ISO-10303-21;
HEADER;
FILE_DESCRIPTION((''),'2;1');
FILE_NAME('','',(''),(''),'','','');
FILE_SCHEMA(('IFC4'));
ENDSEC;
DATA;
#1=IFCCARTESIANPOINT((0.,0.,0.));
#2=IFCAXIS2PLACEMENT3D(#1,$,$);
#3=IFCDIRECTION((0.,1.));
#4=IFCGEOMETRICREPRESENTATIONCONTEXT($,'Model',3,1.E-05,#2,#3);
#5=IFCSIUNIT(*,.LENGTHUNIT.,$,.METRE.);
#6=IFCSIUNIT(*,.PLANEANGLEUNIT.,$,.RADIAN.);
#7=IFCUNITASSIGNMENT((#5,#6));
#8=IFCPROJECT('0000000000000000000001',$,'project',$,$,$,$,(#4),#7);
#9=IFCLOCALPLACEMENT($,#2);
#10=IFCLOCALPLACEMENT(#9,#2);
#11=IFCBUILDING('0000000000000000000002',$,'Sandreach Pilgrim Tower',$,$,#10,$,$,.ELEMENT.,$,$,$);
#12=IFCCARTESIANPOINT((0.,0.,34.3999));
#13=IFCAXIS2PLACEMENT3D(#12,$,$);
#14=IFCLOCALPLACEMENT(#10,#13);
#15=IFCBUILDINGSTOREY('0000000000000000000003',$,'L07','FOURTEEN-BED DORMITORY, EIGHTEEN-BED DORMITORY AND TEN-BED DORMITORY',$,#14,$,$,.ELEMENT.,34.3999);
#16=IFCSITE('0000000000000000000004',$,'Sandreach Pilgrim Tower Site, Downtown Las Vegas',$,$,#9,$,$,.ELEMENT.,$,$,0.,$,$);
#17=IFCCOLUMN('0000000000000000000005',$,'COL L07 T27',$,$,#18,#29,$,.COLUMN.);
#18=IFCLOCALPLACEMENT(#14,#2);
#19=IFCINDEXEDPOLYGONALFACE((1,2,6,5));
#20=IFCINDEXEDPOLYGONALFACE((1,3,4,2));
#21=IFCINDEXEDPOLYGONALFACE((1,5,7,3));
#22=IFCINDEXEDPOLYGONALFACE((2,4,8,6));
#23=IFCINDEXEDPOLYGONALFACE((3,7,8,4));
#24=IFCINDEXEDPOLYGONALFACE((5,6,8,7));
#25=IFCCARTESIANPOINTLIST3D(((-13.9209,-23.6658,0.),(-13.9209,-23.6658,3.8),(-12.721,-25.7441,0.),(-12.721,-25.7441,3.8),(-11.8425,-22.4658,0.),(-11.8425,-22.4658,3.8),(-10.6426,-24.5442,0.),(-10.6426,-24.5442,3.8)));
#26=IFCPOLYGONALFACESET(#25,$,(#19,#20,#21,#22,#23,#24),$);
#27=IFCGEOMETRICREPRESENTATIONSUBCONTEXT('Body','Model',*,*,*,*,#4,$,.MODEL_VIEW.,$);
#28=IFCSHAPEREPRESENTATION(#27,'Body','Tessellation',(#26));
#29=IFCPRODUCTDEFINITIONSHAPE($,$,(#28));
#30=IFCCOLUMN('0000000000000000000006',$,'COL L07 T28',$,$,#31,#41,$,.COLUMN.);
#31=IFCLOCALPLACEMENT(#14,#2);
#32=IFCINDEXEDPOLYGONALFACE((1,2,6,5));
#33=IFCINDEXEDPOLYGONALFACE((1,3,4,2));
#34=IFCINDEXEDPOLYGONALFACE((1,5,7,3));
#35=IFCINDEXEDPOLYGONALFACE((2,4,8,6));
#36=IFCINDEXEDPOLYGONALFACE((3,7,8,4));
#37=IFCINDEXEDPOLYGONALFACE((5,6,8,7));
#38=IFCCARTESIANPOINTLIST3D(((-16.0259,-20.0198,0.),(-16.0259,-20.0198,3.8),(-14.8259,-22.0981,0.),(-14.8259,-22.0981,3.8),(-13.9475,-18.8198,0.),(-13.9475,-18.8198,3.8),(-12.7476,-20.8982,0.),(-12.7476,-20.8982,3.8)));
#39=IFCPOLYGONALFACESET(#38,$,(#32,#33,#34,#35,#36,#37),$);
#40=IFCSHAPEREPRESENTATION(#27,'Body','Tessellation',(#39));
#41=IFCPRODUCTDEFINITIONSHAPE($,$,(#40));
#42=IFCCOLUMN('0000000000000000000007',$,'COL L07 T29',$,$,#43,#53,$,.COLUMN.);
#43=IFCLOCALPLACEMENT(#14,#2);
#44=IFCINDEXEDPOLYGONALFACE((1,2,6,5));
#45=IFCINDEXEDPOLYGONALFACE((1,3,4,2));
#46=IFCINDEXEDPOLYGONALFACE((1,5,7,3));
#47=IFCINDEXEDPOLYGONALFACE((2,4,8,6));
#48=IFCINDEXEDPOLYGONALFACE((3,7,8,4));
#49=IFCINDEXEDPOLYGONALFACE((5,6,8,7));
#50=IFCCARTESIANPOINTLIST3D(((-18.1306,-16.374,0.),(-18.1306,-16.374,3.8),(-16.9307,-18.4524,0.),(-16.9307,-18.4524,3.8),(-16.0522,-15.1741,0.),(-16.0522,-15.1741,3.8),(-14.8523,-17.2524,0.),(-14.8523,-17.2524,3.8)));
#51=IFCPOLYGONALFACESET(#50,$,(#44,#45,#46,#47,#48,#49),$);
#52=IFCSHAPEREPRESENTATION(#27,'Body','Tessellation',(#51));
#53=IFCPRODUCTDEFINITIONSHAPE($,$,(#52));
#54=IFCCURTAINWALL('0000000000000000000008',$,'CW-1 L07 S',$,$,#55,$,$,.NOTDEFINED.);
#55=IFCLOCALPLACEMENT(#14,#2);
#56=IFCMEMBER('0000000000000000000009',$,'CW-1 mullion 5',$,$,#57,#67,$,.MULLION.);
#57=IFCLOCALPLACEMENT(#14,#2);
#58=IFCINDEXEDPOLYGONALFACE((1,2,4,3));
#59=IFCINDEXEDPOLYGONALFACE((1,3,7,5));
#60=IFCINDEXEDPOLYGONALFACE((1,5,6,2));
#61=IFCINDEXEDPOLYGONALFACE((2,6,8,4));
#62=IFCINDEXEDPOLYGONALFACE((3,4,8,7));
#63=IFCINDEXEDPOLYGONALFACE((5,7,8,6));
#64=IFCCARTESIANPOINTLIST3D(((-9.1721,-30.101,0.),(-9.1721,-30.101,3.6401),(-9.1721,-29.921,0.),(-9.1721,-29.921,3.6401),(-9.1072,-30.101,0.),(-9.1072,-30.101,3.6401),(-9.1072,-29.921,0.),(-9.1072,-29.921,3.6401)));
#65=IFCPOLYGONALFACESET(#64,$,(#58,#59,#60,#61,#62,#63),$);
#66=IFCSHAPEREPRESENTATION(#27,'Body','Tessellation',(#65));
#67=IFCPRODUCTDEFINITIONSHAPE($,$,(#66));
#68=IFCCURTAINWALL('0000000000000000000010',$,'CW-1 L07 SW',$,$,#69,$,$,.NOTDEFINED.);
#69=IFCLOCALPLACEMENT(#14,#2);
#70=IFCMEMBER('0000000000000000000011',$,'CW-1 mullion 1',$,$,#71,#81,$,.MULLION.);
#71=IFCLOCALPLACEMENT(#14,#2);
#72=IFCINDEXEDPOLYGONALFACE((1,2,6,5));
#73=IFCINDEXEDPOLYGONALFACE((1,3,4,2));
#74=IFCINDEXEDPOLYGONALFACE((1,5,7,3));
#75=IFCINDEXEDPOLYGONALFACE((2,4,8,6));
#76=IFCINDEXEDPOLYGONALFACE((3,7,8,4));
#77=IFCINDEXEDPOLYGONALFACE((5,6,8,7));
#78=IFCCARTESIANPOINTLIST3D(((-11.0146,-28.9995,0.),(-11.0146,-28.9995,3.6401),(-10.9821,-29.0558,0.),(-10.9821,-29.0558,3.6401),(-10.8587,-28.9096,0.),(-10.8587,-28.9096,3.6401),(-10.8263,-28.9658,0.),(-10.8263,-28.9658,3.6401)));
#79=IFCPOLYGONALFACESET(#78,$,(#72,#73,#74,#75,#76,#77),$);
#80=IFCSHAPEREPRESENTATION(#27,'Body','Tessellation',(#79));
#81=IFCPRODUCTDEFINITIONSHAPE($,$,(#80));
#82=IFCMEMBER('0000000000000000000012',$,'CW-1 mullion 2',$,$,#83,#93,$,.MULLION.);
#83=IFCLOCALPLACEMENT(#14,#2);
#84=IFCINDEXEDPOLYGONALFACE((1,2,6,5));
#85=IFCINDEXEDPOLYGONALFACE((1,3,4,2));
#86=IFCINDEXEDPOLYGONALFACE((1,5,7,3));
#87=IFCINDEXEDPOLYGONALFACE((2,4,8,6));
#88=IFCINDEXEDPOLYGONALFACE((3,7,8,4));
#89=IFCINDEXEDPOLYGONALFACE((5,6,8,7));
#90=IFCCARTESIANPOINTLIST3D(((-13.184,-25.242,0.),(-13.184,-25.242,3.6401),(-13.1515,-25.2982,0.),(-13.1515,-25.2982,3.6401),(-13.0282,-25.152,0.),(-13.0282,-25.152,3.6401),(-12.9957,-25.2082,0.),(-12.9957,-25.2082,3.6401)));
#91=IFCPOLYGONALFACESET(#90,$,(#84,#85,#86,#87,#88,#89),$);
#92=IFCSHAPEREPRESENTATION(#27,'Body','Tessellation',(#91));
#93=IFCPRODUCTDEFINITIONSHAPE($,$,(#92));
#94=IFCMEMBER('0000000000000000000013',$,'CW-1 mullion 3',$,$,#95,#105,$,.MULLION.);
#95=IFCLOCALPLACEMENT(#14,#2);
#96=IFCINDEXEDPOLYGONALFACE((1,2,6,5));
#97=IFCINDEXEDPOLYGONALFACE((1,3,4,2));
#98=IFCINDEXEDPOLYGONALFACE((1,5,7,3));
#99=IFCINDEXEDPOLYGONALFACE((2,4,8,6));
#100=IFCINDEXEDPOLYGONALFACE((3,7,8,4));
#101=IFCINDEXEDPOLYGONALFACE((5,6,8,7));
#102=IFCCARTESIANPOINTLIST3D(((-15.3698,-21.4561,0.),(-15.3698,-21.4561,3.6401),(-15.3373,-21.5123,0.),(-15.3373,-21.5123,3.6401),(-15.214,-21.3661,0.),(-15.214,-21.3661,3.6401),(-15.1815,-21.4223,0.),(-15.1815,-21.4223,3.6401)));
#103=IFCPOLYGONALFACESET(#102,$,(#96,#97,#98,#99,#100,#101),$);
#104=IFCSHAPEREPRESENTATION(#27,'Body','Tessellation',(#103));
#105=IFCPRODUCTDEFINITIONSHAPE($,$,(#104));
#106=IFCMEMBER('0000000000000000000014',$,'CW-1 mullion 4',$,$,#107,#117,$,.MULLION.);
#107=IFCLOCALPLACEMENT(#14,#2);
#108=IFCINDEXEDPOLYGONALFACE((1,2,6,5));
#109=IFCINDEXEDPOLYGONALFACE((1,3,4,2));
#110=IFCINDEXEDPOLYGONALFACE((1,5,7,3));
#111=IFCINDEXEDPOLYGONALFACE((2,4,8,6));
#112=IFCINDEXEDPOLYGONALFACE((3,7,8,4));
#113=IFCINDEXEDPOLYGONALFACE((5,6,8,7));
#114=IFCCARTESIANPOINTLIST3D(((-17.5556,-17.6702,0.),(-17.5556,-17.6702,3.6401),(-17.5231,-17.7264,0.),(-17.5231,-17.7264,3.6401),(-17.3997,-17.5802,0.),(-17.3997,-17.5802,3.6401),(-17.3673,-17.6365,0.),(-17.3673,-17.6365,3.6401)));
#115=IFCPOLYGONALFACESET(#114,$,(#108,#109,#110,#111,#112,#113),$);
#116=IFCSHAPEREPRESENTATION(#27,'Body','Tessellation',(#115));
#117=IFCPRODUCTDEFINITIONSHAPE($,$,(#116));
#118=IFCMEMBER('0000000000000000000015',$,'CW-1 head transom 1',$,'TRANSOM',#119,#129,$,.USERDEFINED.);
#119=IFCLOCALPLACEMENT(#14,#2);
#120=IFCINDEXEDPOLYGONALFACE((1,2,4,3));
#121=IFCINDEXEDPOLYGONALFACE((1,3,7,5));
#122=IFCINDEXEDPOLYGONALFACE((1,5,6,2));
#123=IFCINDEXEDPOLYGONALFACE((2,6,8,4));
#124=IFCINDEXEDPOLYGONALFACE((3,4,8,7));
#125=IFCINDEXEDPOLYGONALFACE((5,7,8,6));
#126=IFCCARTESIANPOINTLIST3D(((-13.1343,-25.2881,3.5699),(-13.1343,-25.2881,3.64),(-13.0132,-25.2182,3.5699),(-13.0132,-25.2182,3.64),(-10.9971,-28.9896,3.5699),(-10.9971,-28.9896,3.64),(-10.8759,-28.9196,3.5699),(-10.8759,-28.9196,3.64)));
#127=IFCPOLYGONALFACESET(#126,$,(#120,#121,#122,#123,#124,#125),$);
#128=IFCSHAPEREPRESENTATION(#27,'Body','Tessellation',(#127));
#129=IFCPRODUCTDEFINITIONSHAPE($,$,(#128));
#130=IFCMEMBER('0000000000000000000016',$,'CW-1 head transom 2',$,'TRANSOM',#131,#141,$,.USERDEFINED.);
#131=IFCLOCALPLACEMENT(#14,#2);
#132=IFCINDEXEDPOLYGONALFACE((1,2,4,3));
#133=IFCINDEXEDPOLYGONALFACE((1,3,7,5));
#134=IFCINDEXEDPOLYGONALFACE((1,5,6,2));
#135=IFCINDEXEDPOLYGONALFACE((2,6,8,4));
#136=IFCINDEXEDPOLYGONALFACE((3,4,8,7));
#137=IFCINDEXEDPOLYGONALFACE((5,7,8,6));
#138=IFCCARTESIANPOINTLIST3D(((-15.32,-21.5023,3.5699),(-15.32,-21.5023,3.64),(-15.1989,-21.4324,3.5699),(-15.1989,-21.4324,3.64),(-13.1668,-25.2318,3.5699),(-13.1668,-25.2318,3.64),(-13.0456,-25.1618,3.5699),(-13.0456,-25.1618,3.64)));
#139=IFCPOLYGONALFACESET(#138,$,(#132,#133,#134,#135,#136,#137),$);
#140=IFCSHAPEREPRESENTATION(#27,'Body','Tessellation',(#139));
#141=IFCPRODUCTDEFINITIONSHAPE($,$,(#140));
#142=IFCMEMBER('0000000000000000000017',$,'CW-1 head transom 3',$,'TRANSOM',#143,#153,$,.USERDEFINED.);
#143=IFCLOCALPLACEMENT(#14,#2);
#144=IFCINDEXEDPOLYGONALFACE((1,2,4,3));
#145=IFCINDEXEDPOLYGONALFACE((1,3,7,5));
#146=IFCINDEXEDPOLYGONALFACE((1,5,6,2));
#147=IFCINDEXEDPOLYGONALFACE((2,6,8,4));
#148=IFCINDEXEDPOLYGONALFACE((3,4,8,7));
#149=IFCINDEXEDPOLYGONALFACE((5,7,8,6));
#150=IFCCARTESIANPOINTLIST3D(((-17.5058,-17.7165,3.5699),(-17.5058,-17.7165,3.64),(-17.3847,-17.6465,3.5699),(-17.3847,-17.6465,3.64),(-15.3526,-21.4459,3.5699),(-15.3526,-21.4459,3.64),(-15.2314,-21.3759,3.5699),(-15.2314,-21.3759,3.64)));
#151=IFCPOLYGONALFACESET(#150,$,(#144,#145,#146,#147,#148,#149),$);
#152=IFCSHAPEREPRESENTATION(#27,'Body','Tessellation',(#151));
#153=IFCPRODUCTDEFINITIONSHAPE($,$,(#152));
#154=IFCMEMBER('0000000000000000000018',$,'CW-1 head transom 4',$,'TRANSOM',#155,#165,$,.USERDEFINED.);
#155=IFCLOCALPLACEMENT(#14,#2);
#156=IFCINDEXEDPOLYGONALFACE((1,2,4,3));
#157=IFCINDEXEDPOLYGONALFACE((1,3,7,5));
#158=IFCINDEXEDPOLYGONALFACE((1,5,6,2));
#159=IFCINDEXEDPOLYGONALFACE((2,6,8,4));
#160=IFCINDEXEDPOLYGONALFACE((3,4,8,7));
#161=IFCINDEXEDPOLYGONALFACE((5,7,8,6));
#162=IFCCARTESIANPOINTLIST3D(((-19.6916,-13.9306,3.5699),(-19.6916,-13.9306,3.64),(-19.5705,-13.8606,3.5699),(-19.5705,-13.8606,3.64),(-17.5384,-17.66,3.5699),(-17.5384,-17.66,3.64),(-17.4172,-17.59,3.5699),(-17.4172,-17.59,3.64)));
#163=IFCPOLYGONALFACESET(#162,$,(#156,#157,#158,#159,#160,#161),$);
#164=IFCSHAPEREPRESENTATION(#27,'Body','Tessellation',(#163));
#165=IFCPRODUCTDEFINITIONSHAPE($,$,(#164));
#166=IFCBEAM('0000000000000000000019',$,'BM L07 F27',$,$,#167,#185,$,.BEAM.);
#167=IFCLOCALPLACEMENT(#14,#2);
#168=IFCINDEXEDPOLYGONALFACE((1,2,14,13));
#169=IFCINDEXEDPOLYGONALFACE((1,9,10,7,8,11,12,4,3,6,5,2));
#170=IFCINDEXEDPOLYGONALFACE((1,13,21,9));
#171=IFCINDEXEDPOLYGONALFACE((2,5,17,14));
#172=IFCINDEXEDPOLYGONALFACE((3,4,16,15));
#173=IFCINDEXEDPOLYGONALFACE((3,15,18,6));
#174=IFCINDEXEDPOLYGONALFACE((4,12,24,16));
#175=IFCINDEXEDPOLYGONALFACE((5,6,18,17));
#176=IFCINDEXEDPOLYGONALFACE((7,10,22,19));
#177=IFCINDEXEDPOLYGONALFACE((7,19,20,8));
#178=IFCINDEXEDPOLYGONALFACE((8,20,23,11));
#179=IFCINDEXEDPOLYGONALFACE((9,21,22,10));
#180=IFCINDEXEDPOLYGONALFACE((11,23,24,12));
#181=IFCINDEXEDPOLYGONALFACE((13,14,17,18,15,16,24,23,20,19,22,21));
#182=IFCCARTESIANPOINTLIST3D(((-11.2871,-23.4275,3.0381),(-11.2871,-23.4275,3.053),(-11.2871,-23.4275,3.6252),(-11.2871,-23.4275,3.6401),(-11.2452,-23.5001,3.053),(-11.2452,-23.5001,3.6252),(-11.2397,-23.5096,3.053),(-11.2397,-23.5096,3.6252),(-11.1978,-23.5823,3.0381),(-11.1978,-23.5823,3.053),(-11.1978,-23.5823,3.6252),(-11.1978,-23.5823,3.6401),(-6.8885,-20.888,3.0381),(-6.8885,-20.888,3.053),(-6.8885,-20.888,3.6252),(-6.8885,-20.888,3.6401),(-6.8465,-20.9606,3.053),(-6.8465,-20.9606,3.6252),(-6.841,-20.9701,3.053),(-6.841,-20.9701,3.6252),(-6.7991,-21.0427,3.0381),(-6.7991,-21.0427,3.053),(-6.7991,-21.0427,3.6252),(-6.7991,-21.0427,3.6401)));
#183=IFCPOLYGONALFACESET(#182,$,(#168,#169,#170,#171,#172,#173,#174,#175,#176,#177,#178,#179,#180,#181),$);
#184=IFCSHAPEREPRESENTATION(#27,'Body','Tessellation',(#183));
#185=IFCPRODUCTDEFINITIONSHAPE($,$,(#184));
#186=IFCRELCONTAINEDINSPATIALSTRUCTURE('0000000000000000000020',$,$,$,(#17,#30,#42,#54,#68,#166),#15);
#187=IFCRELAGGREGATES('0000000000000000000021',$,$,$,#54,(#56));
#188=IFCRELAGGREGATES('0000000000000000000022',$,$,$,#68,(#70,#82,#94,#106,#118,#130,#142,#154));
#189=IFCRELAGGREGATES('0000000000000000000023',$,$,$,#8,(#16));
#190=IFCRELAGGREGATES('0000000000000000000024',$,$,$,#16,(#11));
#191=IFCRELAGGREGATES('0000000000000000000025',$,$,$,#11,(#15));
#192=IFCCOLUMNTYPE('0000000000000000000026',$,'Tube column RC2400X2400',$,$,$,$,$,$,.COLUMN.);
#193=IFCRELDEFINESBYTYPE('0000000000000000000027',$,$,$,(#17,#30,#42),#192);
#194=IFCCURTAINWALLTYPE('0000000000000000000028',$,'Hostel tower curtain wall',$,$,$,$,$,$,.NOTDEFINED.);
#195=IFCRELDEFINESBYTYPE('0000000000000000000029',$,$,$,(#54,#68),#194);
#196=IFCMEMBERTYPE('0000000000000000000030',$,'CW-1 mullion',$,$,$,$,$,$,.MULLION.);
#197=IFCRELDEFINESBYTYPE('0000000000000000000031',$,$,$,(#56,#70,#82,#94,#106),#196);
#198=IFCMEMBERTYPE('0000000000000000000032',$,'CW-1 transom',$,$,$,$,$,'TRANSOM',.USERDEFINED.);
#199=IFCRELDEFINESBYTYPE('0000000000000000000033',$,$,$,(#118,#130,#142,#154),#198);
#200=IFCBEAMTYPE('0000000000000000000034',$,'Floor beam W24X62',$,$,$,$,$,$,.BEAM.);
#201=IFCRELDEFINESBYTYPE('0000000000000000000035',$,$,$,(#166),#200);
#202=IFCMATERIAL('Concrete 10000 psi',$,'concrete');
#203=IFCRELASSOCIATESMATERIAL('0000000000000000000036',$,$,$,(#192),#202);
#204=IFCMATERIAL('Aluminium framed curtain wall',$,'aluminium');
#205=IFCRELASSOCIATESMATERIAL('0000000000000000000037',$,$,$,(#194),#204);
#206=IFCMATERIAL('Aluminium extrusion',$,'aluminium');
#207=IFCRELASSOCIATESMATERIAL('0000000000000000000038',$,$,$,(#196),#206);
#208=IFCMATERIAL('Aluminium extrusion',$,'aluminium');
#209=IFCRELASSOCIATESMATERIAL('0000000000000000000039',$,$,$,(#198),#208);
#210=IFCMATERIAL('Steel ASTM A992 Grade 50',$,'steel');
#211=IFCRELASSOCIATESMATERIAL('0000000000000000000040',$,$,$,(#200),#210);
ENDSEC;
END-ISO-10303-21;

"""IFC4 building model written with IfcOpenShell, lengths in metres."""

from ifc_helpers import new_model, si_unit, direction, frame, origin, origin_2d, place, context, subcontext, project, spatial, rectangle, i_section, extrude, material, material_profile, profile_set, type_object, element, aggregate, save


model = new_model("IFC4")

# Units and contexts
model_context = context("Model", 3, precision=1e-05, world=origin(), true_north=direction((0.0, 1.0)))
body_context = subcontext(model_context, "Body", "Model", "MODEL_VIEW")
ifc_project = project(units=[si_unit("LENGTHUNIT", "METRE"), si_unit("PLANEANGLEUNIT", "RADIAN")], contexts=[model_context])

# Site, building, storey
site_placement = place(None, origin())
site = spatial("IfcSite", under=ifc_project, at=site_placement, Name="Sandreach Pilgrim Tower Site, Downtown Las Vegas", CompositionType="ELEMENT", RefElevation=0.0)
building_placement = place(site_placement, origin())
building = spatial("IfcBuilding", under=site, at=building_placement, Name="Sandreach Pilgrim Tower", CompositionType="ELEMENT")
storey_placement = place(building_placement, frame((0.0, 0.0, 34.3999)))
storey = spatial("IfcBuildingStorey", under=building, at=storey_placement, Name="L07", Description="FOURTEEN-BED DORMITORY, EIGHTEEN-BED DORMITORY AND TEN-BED DORMITORY", CompositionType="ELEMENT", Elevation=34.3999)

# Columns
ifc_material_1 = material(Name="Concrete 10000 psi", Category="concrete")
ifc_material_profile_1 = material_profile(ifc_material_1, rectangle(XDim=2.3999, YDim=2.3999, at=origin_2d()), Name="RC2400X2400")
ifc_profile_set_1 = profile_set([ifc_material_profile_1], Name="Concrete 10000 psi")
column_type = type_object("IfcColumnType", Name="Tube column RC2400X2400", PredefinedType="COLUMN", material=ifc_profile_set_1)
for number, where, z_axis, x_axis, name in (
    (1, (-12.2817, -24.105, 0.0), (0.0, 0.0, 1.0), (-0.866025, -0.5, 0.0), "COL L07 T27"),
    (2, (-14.3867, -20.459, 0.0), (0.0, 0.0, 1.0), (-0.866025, -0.5, 0.0), "COL L07 T28"),
    (3, (-16.4915, -16.8132, 0.0), (0.0, 0.0, 1.0), (-0.866025, -0.5, 0.0), "COL L07 T29"),
):
    element("IfcColumn", number, at=place(storey_placement, frame(where, z_axis=z_axis, x_axis=x_axis)), inside=storey, type_object=column_type, Name=name, PredefinedType="COLUMN", context=body_context, shape_type="SweptSolid", body=[
        extrude(rectangle(XDim=2.3999, YDim=2.3999, at=origin_2d()), origin(), (0.0, 0.0, 1.0), 3.8),
    ])

# Curtain wall, member
ifc_material_2 = material(Name="Aluminium framed curtain wall", Category="aluminium")
curtain_wall_type = type_object("IfcCurtainWallType", Name="Hostel tower curtain wall", PredefinedType="NOTDEFINED", material=ifc_material_2)
curtain_wall_1_placement = place(storey_placement, origin())
curtain_wall_1 = element("IfcCurtainWall", 4, at=curtain_wall_1_placement, inside=storey, type_object=curtain_wall_type, Name="CW-1 L07 S", PredefinedType="NOTDEFINED")
ifc_material_3 = material(Name="Aluminium extrusion", Category="aluminium")
ifc_material_profile_2 = material_profile(ifc_material_3, rectangle(XDim=0.0649, YDim=0.1799, at=origin_2d()), Name="CW-1M 65X180")
ifc_profile_set_2 = profile_set([ifc_material_profile_2], Name="Aluminium extrusion")
member_type_1 = type_object("IfcMemberType", Name="CW-1 mullion", PredefinedType="MULLION", material=ifc_profile_set_2)
member_1_placement = place(storey_placement, frame((-9.1396, -30.011, 0.0), z_axis=(0.0, 0.0, 1.0), x_axis=(-1.0, 0.0, 0.0)))
member_1 = element("IfcMember", 5, at=member_1_placement, type_object=member_type_1, Name="CW-1 mullion 5", PredefinedType="MULLION", context=body_context, shape_type="SweptSolid", body=[
    extrude(rectangle(XDim=0.0649, YDim=0.1799, at=origin_2d()), origin(), (0.0, 0.0, 1.0), 3.6401),
])
aggregate(curtain_wall_1, [member_1])

# Curtain wall, members
curtain_wall_2_placement = place(storey_placement, origin())
curtain_wall_2 = element("IfcCurtainWall", 6, at=curtain_wall_2_placement, inside=storey, type_object=curtain_wall_type, Name="CW-1 L07 SW", PredefinedType="NOTDEFINED")
member_2_placement = place(storey_placement, frame((-10.9204, -28.9827, 0.0), z_axis=(0.0, 0.0, 1.0), x_axis=(-0.5, 0.866025, 0.0)))
member_2 = element("IfcMember", 7, at=member_2_placement, type_object=member_type_1, Name="CW-1 mullion 1", PredefinedType="MULLION", context=body_context, shape_type="SweptSolid", body=[
    extrude(rectangle(XDim=0.0649, YDim=0.1799, at=origin_2d()), origin(), (0.0, 0.0, 1.0), 3.6401),
])
member_3_placement = place(storey_placement, frame((-13.0898, -25.2251, 0.0), z_axis=(0.0, 0.0, 1.0), x_axis=(-0.5, 0.866025, 0.0)))
member_3 = element("IfcMember", 8, at=member_3_placement, type_object=member_type_1, Name="CW-1 mullion 2", PredefinedType="MULLION", context=body_context, shape_type="SweptSolid", body=[
    extrude(rectangle(XDim=0.0649, YDim=0.1799, at=origin_2d()), origin(), (0.0, 0.0, 1.0), 3.6401),
])
member_4_placement = place(storey_placement, frame((-15.2756, -21.4392, 0.0), z_axis=(0.0, 0.0, 1.0), x_axis=(-0.5, 0.866025, 0.0)))
member_4 = element("IfcMember", 9, at=member_4_placement, type_object=member_type_1, Name="CW-1 mullion 3", PredefinedType="MULLION", context=body_context, shape_type="SweptSolid", body=[
    extrude(rectangle(XDim=0.0649, YDim=0.1799, at=origin_2d()), origin(), (0.0, 0.0, 1.0), 3.6401),
])
member_5_placement = place(storey_placement, frame((-17.4614, -17.6533, 0.0), z_axis=(0.0, 0.0, 1.0), x_axis=(-0.5, 0.866025, 0.0)))
member_5 = element("IfcMember", 10, at=member_5_placement, type_object=member_type_1, Name="CW-1 mullion 4", PredefinedType="MULLION", context=body_context, shape_type="SweptSolid", body=[
    extrude(rectangle(XDim=0.0649, YDim=0.1799, at=origin_2d()), origin(), (0.0, 0.0, 1.0), 3.6401),
])
ifc_material_4 = material(Name="Aluminium extrusion", Category="aluminium")
ifc_material_profile_3 = material_profile(ifc_material_4, rectangle(XDim=0.1399, YDim=0.0701, at=origin_2d()), Name="CW-1T 140X70")
ifc_profile_set_3 = profile_set([ifc_material_profile_3], Name="Aluminium extrusion")
member_type_2 = type_object("IfcMemberType", Name="CW-1 transom", ElementType="TRANSOM", PredefinedType="USERDEFINED", material=ifc_profile_set_3)
member_6_placement = place(storey_placement, frame((-10.9365, -28.9546, 3.605), z_axis=(-0.500034, 0.866006, 0.0), x_axis=(-0.866006, -0.500034, 0.0)))
member_6 = element("IfcMember", 11, at=member_6_placement, type_object=member_type_2, Name="CW-1 head transom 1", ObjectType="TRANSOM", PredefinedType="USERDEFINED", context=body_context, shape_type="SweptSolid", body=[
    extrude(rectangle(XDim=0.1399, YDim=0.0701, at=origin_2d()), origin(), (0.0, 0.0, 1.0), 4.2742),
])
member_7_placement = place(storey_placement, frame((-13.1062, -25.1968, 3.605), z_axis=(-0.500017, 0.866016, 0.0), x_axis=(-0.866016, -0.500017, 0.0)))
member_7 = element("IfcMember", 12, at=member_7_placement, type_object=member_type_2, Name="CW-1 head transom 2", ObjectType="TRANSOM", PredefinedType="USERDEFINED", context=body_context, shape_type="SweptSolid", body=[
    extrude(rectangle(XDim=0.1399, YDim=0.0701, at=origin_2d()), origin(), (0.0, 0.0, 1.0), 4.3064),
])
member_8_placement = place(storey_placement, frame((-15.292, -21.4109, 3.605), z_axis=(-0.500017, 0.866016, 0.0), x_axis=(-0.866016, -0.500017, 0.0)))
member_8 = element("IfcMember", 13, at=member_8_placement, type_object=member_type_2, Name="CW-1 head transom 3", ObjectType="TRANSOM", PredefinedType="USERDEFINED", context=body_context, shape_type="SweptSolid", body=[
    extrude(rectangle(XDim=0.1399, YDim=0.0701, at=origin_2d()), origin(), (0.0, 0.0, 1.0), 4.3064),
])
member_9_placement = place(storey_placement, frame((-17.4778, -17.625, 3.605), z_axis=(-0.500017, 0.866016, 0.0), x_axis=(-0.866016, -0.500017, 0.0)))
member_9 = element("IfcMember", 14, at=member_9_placement, type_object=member_type_2, Name="CW-1 head transom 4", ObjectType="TRANSOM", PredefinedType="USERDEFINED", context=body_context, shape_type="SweptSolid", body=[
    extrude(rectangle(XDim=0.1399, YDim=0.0701, at=origin_2d()), origin(), (0.0, 0.0, 1.0), 4.3064),
])

# Beam
ifc_material_5 = material(Name="Steel ASTM A992 Grade 50", Category="steel")
ifc_material_profile_4 = material_profile(ifc_material_5, i_section(OverallWidth=0.1787, OverallDepth=0.6021, WebThickness=0.011, FlangeThickness=0.0149, at=origin_2d()), Name="W24X62")
ifc_profile_set_4 = profile_set([ifc_material_profile_4], Name="Steel ASTM A992 Grade 50")
beam_type_1 = type_object("IfcBeamType", Name="Floor beam W24X62", PredefinedType="BEAM", material=ifc_profile_set_4)
beam_1_placement = place(storey_placement, frame((-11.2424, -23.5049, 3.3391), z_axis=(0.866028, 0.499996, 0.0), x_axis=(-0.499996, 0.866028, 0.0)))
element("IfcBeam", 15, at=beam_1_placement, inside=storey, type_object=beam_type_1, Name="BM L07 F27", PredefinedType="BEAM", context=body_context, shape_type="SweptSolid", body=[
    extrude(i_section(OverallWidth=0.1787, OverallDepth=0.6021, WebThickness=0.011, FlangeThickness=0.0149, at=origin_2d()), origin(), (0.0, 0.0, 1.0), 5.0791),
])

aggregate(curtain_wall_2, [member_2, member_3, member_4, member_5, member_6, member_7, member_8, member_9])

save(model, "model.ifc")
